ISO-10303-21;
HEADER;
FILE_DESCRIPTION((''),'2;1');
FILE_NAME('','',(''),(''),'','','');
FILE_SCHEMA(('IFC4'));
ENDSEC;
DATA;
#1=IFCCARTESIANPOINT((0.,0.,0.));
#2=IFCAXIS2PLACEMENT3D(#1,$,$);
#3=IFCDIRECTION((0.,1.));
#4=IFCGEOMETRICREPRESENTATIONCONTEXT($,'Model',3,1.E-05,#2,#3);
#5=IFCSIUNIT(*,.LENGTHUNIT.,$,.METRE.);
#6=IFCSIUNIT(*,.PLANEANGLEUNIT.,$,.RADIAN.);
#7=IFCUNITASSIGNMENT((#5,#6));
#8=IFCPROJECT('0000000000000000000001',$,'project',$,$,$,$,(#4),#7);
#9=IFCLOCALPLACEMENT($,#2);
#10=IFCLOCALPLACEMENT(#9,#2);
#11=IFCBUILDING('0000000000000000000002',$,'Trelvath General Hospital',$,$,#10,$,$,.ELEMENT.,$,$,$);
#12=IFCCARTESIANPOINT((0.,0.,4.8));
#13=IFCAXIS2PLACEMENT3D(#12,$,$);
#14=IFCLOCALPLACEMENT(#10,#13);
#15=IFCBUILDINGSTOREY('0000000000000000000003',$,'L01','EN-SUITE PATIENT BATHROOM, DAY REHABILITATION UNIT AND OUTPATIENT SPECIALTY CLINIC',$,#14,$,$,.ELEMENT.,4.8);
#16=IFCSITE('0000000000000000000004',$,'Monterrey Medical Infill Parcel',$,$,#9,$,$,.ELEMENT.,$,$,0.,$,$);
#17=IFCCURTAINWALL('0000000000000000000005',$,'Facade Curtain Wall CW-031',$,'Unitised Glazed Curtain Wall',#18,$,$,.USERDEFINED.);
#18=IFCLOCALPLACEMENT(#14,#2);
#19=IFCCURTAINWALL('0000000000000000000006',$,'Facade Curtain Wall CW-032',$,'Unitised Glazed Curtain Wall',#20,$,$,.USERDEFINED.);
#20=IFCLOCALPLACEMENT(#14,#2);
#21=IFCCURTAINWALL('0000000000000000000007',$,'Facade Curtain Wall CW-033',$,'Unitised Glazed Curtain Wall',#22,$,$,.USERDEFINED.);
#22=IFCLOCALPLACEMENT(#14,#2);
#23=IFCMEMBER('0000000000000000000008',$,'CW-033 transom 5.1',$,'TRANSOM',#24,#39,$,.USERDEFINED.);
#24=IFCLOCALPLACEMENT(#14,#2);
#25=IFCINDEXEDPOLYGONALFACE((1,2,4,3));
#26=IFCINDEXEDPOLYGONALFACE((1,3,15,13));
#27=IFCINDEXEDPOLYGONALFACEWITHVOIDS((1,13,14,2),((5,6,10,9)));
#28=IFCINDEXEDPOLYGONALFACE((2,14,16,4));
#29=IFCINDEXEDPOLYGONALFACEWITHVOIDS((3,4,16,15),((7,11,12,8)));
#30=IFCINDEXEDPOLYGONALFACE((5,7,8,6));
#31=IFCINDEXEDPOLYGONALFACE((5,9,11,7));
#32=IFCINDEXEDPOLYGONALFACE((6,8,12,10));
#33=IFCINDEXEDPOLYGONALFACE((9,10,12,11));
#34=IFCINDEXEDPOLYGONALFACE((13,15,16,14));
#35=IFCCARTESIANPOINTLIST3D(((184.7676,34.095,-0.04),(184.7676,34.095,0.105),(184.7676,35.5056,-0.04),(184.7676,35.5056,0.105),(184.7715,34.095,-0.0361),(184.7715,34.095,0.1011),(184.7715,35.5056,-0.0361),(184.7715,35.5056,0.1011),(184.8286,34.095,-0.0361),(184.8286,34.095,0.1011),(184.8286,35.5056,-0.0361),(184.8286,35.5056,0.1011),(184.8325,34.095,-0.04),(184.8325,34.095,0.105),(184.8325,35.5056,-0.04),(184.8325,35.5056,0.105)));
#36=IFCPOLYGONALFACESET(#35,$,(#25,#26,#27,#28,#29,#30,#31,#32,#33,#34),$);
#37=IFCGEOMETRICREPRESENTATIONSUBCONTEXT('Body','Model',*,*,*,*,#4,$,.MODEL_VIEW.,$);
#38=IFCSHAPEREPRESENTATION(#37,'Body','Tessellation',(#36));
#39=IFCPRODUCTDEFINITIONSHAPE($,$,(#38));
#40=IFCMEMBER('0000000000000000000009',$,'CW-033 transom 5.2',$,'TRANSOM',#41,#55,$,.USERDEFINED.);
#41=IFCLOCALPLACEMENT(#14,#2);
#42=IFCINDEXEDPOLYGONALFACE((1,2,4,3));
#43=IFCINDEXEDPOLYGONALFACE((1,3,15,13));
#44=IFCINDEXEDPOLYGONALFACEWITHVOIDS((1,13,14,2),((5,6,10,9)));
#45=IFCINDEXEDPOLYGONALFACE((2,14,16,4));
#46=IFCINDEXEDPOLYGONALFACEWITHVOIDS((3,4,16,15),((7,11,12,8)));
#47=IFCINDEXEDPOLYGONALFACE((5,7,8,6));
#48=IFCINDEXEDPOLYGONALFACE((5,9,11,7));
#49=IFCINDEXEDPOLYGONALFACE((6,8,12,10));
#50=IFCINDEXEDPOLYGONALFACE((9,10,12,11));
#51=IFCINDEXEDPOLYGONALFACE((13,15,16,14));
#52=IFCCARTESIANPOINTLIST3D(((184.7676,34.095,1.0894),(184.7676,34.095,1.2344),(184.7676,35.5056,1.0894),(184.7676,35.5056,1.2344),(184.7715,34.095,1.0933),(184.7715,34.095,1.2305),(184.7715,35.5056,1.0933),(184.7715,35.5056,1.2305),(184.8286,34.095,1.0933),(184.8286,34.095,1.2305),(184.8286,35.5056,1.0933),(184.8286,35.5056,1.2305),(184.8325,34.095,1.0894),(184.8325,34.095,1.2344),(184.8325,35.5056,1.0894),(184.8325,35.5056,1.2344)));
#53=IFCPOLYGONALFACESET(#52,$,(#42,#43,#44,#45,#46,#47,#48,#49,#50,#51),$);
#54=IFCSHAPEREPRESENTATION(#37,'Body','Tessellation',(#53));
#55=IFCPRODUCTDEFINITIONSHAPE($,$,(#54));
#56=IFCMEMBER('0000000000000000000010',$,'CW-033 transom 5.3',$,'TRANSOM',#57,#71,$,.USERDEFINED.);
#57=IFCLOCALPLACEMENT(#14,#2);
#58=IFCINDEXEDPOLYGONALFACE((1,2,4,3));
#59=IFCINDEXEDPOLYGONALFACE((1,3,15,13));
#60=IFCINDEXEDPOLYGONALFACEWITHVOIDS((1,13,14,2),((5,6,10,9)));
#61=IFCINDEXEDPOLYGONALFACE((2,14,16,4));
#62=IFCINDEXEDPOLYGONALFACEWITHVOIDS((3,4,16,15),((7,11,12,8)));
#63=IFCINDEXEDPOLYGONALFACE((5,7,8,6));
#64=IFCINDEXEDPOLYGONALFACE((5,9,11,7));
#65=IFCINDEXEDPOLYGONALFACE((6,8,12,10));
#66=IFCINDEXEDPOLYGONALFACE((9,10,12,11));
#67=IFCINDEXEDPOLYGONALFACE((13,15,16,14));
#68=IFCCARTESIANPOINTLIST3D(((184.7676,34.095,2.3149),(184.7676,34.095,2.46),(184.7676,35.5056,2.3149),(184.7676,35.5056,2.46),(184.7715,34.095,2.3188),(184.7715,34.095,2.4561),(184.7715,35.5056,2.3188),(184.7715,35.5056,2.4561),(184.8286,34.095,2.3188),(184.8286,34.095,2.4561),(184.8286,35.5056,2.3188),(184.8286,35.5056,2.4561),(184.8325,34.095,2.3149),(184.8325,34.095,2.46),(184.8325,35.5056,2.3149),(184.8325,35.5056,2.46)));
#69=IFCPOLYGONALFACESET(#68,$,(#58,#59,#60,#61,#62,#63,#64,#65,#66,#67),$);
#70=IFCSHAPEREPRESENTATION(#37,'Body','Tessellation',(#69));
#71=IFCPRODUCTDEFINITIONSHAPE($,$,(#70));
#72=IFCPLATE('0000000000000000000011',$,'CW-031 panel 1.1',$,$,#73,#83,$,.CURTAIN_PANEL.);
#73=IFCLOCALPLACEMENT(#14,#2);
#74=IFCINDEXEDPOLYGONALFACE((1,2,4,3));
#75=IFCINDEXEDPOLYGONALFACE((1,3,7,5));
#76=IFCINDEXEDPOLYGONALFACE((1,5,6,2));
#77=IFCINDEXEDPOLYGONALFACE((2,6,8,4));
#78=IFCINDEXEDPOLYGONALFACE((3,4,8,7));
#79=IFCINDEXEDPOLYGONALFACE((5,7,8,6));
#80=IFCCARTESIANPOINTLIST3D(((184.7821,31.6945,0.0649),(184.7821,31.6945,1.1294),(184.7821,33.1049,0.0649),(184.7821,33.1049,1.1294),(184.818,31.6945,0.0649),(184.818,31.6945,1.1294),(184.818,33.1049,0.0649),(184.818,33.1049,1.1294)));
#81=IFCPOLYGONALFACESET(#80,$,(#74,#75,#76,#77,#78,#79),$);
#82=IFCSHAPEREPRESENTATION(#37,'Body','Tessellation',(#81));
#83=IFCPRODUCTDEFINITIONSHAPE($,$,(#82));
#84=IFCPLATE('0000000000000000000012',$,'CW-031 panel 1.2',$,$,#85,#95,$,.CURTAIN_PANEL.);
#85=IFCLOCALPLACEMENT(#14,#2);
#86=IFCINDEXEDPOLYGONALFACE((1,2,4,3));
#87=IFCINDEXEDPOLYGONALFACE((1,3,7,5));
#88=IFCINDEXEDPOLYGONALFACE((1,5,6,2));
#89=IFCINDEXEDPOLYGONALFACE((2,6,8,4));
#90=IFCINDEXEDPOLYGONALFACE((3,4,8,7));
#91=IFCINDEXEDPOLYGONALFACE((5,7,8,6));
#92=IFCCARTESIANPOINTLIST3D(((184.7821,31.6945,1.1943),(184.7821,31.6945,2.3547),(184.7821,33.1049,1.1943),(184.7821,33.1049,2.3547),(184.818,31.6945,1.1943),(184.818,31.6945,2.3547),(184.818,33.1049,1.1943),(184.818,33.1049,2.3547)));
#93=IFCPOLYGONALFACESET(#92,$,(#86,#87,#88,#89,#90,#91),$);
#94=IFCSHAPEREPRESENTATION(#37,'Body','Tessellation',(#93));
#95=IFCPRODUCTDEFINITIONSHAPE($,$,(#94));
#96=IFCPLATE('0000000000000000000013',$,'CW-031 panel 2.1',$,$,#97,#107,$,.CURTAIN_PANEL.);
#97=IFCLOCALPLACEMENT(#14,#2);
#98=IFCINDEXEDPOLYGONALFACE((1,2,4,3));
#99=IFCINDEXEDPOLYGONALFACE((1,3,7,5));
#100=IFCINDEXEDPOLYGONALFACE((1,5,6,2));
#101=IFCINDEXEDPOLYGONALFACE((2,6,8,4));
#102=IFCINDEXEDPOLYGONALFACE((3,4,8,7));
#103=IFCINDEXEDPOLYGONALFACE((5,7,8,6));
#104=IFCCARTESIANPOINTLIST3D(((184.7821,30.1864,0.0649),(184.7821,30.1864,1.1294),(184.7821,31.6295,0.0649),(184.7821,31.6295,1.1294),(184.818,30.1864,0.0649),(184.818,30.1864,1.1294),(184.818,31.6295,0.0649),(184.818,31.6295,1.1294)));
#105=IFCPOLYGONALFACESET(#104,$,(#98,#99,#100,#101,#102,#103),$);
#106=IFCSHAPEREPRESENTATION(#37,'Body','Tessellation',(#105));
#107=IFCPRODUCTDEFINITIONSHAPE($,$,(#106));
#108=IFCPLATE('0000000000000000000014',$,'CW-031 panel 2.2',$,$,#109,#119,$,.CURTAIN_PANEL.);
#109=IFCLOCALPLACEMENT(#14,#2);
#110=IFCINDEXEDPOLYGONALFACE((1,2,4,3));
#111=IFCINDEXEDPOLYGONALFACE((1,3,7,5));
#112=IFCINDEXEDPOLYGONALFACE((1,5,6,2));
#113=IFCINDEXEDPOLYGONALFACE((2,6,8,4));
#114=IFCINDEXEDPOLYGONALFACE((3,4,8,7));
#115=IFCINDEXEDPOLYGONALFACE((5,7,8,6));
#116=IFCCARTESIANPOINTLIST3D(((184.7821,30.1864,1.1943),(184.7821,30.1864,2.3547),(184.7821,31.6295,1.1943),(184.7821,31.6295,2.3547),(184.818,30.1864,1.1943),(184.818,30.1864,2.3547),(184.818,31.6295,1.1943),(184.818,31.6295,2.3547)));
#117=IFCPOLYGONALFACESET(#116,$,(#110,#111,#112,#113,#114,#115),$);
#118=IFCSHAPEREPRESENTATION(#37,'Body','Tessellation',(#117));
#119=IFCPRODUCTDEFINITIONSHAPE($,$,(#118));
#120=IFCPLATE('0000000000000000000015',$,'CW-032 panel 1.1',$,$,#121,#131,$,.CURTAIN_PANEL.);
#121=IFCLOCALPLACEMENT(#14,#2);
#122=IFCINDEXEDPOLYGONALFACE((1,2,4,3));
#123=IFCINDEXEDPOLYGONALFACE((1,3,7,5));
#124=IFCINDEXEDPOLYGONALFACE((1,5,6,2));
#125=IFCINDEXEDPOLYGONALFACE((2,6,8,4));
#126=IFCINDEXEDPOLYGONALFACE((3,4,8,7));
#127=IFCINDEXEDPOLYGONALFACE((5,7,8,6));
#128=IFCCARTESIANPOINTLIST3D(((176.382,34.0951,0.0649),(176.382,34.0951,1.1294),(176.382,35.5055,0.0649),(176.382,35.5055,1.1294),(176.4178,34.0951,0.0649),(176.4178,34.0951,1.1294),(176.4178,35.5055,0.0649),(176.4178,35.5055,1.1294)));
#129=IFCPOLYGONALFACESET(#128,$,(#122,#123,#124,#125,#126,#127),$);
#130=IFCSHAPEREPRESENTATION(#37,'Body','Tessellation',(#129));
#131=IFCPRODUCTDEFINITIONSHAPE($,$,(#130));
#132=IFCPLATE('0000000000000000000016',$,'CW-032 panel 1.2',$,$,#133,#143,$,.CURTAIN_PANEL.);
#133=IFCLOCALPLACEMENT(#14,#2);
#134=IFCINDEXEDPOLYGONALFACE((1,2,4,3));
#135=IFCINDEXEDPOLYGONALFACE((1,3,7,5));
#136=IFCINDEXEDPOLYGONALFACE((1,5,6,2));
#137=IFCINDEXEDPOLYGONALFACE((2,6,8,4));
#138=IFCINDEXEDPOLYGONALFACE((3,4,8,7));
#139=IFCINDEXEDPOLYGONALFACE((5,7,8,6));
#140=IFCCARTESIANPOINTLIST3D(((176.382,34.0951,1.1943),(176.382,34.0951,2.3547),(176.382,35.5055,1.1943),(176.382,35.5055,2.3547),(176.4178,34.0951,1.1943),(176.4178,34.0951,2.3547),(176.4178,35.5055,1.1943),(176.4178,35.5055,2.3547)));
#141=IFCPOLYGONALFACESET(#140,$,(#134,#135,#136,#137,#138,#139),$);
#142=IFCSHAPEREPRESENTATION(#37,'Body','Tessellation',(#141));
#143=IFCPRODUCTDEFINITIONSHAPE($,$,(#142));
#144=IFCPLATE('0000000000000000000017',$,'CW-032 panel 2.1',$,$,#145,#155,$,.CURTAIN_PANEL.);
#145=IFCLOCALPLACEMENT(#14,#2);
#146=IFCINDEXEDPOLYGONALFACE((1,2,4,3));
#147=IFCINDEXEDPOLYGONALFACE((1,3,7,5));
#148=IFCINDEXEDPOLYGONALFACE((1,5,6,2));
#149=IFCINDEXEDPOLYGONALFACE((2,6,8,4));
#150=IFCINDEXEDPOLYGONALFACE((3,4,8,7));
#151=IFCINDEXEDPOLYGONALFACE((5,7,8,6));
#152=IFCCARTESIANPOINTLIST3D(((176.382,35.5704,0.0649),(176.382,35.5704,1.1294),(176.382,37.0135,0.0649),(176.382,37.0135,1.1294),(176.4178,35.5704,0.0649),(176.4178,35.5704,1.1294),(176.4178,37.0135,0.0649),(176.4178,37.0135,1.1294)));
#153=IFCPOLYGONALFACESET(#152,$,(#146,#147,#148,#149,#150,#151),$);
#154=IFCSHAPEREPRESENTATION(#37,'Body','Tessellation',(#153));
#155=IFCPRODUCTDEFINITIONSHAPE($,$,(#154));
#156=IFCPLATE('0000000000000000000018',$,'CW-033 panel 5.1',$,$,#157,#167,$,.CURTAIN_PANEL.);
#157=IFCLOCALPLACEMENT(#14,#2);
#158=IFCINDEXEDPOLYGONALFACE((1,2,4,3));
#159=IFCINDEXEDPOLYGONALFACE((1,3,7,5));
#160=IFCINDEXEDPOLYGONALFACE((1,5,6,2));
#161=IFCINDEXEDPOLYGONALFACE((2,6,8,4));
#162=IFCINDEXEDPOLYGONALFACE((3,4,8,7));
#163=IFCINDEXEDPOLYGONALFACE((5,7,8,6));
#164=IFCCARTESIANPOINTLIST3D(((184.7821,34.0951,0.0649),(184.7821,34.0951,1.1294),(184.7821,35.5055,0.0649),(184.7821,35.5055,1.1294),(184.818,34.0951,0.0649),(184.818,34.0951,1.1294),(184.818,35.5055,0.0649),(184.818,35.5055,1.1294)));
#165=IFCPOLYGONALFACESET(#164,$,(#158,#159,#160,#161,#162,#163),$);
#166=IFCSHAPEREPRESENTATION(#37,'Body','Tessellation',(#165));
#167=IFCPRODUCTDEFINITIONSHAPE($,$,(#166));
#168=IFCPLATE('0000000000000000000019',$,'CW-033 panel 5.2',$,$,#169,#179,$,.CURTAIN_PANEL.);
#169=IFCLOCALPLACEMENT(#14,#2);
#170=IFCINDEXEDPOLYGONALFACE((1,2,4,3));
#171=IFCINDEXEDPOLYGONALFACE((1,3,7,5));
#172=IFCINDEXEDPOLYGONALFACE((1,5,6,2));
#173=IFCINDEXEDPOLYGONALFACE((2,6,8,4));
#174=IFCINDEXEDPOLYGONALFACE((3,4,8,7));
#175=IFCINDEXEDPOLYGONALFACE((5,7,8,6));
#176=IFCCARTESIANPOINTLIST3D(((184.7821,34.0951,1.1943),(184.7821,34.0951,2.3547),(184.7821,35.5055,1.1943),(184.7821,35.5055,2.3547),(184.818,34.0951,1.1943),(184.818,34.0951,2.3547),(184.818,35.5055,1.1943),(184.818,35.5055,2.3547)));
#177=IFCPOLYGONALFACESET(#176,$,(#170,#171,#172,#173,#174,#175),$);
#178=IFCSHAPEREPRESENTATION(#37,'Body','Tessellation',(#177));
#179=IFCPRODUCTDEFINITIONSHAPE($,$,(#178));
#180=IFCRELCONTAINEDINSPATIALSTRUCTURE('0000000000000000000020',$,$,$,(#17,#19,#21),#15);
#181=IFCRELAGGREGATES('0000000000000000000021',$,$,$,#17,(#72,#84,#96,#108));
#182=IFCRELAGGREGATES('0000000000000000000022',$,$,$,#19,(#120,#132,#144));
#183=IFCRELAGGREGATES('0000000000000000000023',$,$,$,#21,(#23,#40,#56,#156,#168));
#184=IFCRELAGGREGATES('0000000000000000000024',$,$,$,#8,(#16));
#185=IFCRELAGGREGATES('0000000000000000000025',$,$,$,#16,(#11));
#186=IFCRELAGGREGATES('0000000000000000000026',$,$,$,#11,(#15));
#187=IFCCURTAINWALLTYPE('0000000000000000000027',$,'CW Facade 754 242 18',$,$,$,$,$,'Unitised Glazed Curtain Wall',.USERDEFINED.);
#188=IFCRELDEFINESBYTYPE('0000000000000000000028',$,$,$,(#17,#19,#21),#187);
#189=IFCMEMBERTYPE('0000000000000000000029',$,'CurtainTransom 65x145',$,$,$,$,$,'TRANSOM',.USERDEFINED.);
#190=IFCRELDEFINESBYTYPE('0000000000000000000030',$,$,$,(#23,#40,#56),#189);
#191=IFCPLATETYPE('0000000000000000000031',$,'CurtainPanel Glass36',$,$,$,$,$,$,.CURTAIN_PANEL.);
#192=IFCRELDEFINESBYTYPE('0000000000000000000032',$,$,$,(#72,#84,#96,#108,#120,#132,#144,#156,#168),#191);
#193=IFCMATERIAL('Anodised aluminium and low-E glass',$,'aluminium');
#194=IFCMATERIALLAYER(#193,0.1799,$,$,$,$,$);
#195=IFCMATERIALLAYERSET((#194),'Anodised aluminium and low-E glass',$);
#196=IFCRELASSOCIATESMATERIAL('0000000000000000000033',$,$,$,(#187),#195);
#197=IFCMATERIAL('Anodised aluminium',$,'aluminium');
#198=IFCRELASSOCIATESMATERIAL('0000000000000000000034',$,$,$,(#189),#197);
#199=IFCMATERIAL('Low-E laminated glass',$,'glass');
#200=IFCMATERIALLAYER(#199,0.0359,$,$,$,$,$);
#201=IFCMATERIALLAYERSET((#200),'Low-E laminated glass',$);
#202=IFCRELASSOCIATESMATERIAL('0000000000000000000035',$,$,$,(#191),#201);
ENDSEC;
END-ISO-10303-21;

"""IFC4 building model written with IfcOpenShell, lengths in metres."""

from ifc_helpers import new_model, si_unit, direction, frame, origin, origin_2d, place, context, subcontext, project, spatial, rectangle, hollow_rectangle, extrude, material, layer, layer_set, material_profile, profile_set, type_object, element, aggregate, save


model = new_model("IFC4")

# Units and contexts
model_context = context("Model", 3, precision=1e-05, world=origin(), true_north=direction((0.0, 1.0)))
body_context = subcontext(model_context, "Body", "Model", "MODEL_VIEW")
ifc_project = project(units=[si_unit("LENGTHUNIT", "METRE"), si_unit("PLANEANGLEUNIT", "RADIAN")], contexts=[model_context])

# Site, building, storey
site_placement = place(None, origin())
site = spatial("IfcSite", under=ifc_project, at=site_placement, Name="Monterrey Medical Infill Parcel", CompositionType="ELEMENT", RefElevation=0.0)
building_placement = place(site_placement, origin())
building = spatial("IfcBuilding", under=site, at=building_placement, Name="Trelvath General Hospital", CompositionType="ELEMENT")
storey_placement = place(building_placement, frame((0.0, 0.0, 4.8)))
storey = spatial("IfcBuildingStorey", under=building, at=storey_placement, Name="L01", Description="EN-SUITE PATIENT BATHROOM, DAY REHABILITATION UNIT AND OUTPATIENT SPECIALTY CLINIC", CompositionType="ELEMENT", Elevation=4.8)

# Curtain walls
ifc_material_1 = material(Name="Anodised aluminium and low-E glass", Category="aluminium")
ifc_layer_1 = layer(ifc_material_1, 0.1799)
ifc_layer_set_1 = layer_set([ifc_layer_1], Name="Anodised aluminium and low-E glass")
curtain_wall_type = type_object("IfcCurtainWallType", Name="CW Facade 754 242 18", ElementType="Unitised Glazed Curtain Wall", PredefinedType="USERDEFINED", material=ifc_layer_set_1)
curtain_wall_1_placement = place(storey_placement, origin())
curtain_wall_1 = element("IfcCurtainWall", 1, at=curtain_wall_1_placement, inside=storey, type_object=curtain_wall_type, Name="Facade Curtain Wall CW-031", ObjectType="Unitised Glazed Curtain Wall", PredefinedType="USERDEFINED")
curtain_wall_2_placement = place(storey_placement, origin())
curtain_wall_2 = element("IfcCurtainWall", 2, at=curtain_wall_2_placement, inside=storey, type_object=curtain_wall_type, Name="Facade Curtain Wall CW-032", ObjectType="Unitised Glazed Curtain Wall", PredefinedType="USERDEFINED")
curtain_wall_3_placement = place(storey_placement, origin())
curtain_wall_3 = element("IfcCurtainWall", 3, at=curtain_wall_3_placement, inside=storey, type_object=curtain_wall_type, Name="Facade Curtain Wall CW-033", ObjectType="Unitised Glazed Curtain Wall", PredefinedType="USERDEFINED")

# Members
ifc_material_2 = material(Name="Anodised aluminium", Category="aluminium")
ifc_material_profile_1 = material_profile(ifc_material_2, hollow_rectangle(XDim=0.0649, YDim=0.145, WallThickness=0.0039, at=origin_2d()), Name="RHS65x145x4")
ifc_profile_set_1 = profile_set([ifc_material_profile_1], Name="Anodised aluminium")
member_type_1 = type_object("IfcMemberType", Name="CurtainTransom 65x145", ElementType="TRANSOM", PredefinedType="USERDEFINED", material=ifc_profile_set_1)
member_1_placement = place(storey_placement, frame((184.8, 35.5056, 0.0325), z_axis=(0.0, -1.0, 0.0), x_axis=(1.0, 0.0, 0.0)))
member_1 = element("IfcMember", 4, at=member_1_placement, type_object=member_type_1, Name="CW-033 transom 5.1", ObjectType="TRANSOM", PredefinedType="USERDEFINED", context=body_context, shape_type="SweptSolid", body=[
    extrude(hollow_rectangle(XDim=0.0649, YDim=0.145, WallThickness=0.0039, at=origin_2d()), origin(), (0.0, 0.0, 1.0), 1.4106),
])
member_2_placement = place(storey_placement, frame((184.8, 35.5056, 1.1619), z_axis=(0.0, -1.0, 0.0), x_axis=(1.0, 0.0, 0.0)))
member_2 = element("IfcMember", 5, at=member_2_placement, type_object=member_type_1, Name="CW-033 transom 5.2", ObjectType="TRANSOM", PredefinedType="USERDEFINED", context=body_context, shape_type="SweptSolid", body=[
    extrude(hollow_rectangle(XDim=0.0649, YDim=0.145, WallThickness=0.0039, at=origin_2d()), origin(), (0.0, 0.0, 1.0), 1.4106),
])
member_3_placement = place(storey_placement, frame((184.8, 35.5056, 2.3875), z_axis=(0.0, -1.0, 0.0), x_axis=(1.0, 0.0, 0.0)))
member_3 = element("IfcMember", 6, at=member_3_placement, type_object=member_type_1, Name="CW-033 transom 5.3", ObjectType="TRANSOM", PredefinedType="USERDEFINED", context=body_context, shape_type="SweptSolid", body=[
    extrude(hollow_rectangle(XDim=0.0649, YDim=0.145, WallThickness=0.0039, at=origin_2d()), origin(), (0.0, 0.0, 1.0), 1.4106),
])

# Plates
ifc_material_3 = material(Name="Low-E laminated glass", Category="glass")
ifc_layer_2 = layer(ifc_material_3, 0.0359)
ifc_layer_set_2 = layer_set([ifc_layer_2], Name="Low-E laminated glass")
plate_type = type_object("IfcPlateType", Name="CurtainPanel Glass36", PredefinedType="CURTAIN_PANEL", material=ifc_layer_set_2)
plate_1_placement = place(storey_placement, frame((184.8, 32.3997, 0.0649), z_axis=(0.0, 0.0, 1.0), x_axis=(0.0, -1.0, 0.0)))
plate_1 = element("IfcPlate", 7, at=plate_1_placement, type_object=plate_type, Name="CW-031 panel 1.1", PredefinedType="CURTAIN_PANEL", context=body_context, shape_type="SweptSolid", body=[
    extrude(rectangle(XDim=1.4104, YDim=0.0359, at=origin_2d()), origin(), (0.0, 0.0, 1.0), 1.0645),
])
plate_2_placement = place(storey_placement, frame((184.8, 32.3997, 1.1943), z_axis=(0.0, 0.0, 1.0), x_axis=(0.0, -1.0, 0.0)))
plate_2 = element("IfcPlate", 8, at=plate_2_placement, type_object=plate_type, Name="CW-031 panel 1.2", PredefinedType="CURTAIN_PANEL", context=body_context, shape_type="SweptSolid", body=[
    extrude(rectangle(XDim=1.4104, YDim=0.0359, at=origin_2d()), origin(), (0.0, 0.0, 1.0), 1.1604),
])
plate_3_placement = place(storey_placement, frame((184.8, 30.908, 0.0649), z_axis=(0.0, 0.0, 1.0), x_axis=(0.0, -1.0, 0.0)))
plate_3 = element("IfcPlate", 9, at=plate_3_placement, type_object=plate_type, Name="CW-031 panel 2.1", PredefinedType="CURTAIN_PANEL", context=body_context, shape_type="SweptSolid", body=[
    extrude(rectangle(XDim=1.4431, YDim=0.0359, at=origin_2d()), origin(), (0.0, 0.0, 1.0), 1.0645),
])
plate_4_placement = place(storey_placement, frame((184.8, 30.908, 1.1943), z_axis=(0.0, 0.0, 1.0), x_axis=(0.0, -1.0, 0.0)))
plate_4 = element("IfcPlate", 10, at=plate_4_placement, type_object=plate_type, Name="CW-031 panel 2.2", PredefinedType="CURTAIN_PANEL", context=body_context, shape_type="SweptSolid", body=[
    extrude(rectangle(XDim=1.4431, YDim=0.0359, at=origin_2d()), origin(), (0.0, 0.0, 1.0), 1.1604),
])
aggregate(curtain_wall_1, [plate_1, plate_2, plate_3, plate_4])
plate_5_placement = place(storey_placement, frame((176.3999, 34.8003, 0.0649), z_axis=(0.0, 0.0, 1.0), x_axis=(0.0, 1.0, 0.0)))
plate_5 = element("IfcPlate", 11, at=plate_5_placement, type_object=plate_type, Name="CW-032 panel 1.1", PredefinedType="CURTAIN_PANEL", context=body_context, shape_type="SweptSolid", body=[
    extrude(rectangle(XDim=1.4104, YDim=0.0359, at=origin_2d()), origin(), (0.0, 0.0, 1.0), 1.0645),
])
plate_6_placement = place(storey_placement, frame((176.3999, 34.8003, 1.1943), z_axis=(0.0, 0.0, 1.0), x_axis=(0.0, 1.0, 0.0)))
plate_6 = element("IfcPlate", 12, at=plate_6_placement, type_object=plate_type, Name="CW-032 panel 1.2", PredefinedType="CURTAIN_PANEL", context=body_context, shape_type="SweptSolid", body=[
    extrude(rectangle(XDim=1.4104, YDim=0.0359, at=origin_2d()), origin(), (0.0, 0.0, 1.0), 1.1604),
])
plate_7_placement = place(storey_placement, frame((176.3999, 36.292, 0.0649), z_axis=(0.0, 0.0, 1.0), x_axis=(0.0, 1.0, 0.0)))
plate_7 = element("IfcPlate", 13, at=plate_7_placement, type_object=plate_type, Name="CW-032 panel 2.1", PredefinedType="CURTAIN_PANEL", context=body_context, shape_type="SweptSolid", body=[
    extrude(rectangle(XDim=1.4431, YDim=0.0359, at=origin_2d()), origin(), (0.0, 0.0, 1.0), 1.0645),
])
aggregate(curtain_wall_2, [plate_5, plate_6, plate_7])
plate_8_placement = place(storey_placement, frame((184.8, 34.8003, 0.0649), z_axis=(0.0, 0.0, 1.0), x_axis=(0.0, -1.0, 0.0)))
plate_8 = element("IfcPlate", 14, at=plate_8_placement, type_object=plate_type, Name="CW-033 panel 5.1", PredefinedType="CURTAIN_PANEL", context=body_context, shape_type="SweptSolid", body=[
    extrude(rectangle(XDim=1.4104, YDim=0.0359, at=origin_2d()), origin(), (0.0, 0.0, 1.0), 1.0645),
])
plate_9_placement = place(storey_placement, frame((184.8, 34.8003, 1.1943), z_axis=(0.0, 0.0, 1.0), x_axis=(0.0, -1.0, 0.0)))
plate_9 = element("IfcPlate", 15, at=plate_9_placement, type_object=plate_type, Name="CW-033 panel 5.2", PredefinedType="CURTAIN_PANEL", context=body_context, shape_type="SweptSolid", body=[
    extrude(rectangle(XDim=1.4104, YDim=0.0359, at=origin_2d()), origin(), (0.0, 0.0, 1.0), 1.1604),
])
aggregate(curtain_wall_3, [member_1, member_2, member_3, plate_8, plate_9])

save(model, "model.ifc")
